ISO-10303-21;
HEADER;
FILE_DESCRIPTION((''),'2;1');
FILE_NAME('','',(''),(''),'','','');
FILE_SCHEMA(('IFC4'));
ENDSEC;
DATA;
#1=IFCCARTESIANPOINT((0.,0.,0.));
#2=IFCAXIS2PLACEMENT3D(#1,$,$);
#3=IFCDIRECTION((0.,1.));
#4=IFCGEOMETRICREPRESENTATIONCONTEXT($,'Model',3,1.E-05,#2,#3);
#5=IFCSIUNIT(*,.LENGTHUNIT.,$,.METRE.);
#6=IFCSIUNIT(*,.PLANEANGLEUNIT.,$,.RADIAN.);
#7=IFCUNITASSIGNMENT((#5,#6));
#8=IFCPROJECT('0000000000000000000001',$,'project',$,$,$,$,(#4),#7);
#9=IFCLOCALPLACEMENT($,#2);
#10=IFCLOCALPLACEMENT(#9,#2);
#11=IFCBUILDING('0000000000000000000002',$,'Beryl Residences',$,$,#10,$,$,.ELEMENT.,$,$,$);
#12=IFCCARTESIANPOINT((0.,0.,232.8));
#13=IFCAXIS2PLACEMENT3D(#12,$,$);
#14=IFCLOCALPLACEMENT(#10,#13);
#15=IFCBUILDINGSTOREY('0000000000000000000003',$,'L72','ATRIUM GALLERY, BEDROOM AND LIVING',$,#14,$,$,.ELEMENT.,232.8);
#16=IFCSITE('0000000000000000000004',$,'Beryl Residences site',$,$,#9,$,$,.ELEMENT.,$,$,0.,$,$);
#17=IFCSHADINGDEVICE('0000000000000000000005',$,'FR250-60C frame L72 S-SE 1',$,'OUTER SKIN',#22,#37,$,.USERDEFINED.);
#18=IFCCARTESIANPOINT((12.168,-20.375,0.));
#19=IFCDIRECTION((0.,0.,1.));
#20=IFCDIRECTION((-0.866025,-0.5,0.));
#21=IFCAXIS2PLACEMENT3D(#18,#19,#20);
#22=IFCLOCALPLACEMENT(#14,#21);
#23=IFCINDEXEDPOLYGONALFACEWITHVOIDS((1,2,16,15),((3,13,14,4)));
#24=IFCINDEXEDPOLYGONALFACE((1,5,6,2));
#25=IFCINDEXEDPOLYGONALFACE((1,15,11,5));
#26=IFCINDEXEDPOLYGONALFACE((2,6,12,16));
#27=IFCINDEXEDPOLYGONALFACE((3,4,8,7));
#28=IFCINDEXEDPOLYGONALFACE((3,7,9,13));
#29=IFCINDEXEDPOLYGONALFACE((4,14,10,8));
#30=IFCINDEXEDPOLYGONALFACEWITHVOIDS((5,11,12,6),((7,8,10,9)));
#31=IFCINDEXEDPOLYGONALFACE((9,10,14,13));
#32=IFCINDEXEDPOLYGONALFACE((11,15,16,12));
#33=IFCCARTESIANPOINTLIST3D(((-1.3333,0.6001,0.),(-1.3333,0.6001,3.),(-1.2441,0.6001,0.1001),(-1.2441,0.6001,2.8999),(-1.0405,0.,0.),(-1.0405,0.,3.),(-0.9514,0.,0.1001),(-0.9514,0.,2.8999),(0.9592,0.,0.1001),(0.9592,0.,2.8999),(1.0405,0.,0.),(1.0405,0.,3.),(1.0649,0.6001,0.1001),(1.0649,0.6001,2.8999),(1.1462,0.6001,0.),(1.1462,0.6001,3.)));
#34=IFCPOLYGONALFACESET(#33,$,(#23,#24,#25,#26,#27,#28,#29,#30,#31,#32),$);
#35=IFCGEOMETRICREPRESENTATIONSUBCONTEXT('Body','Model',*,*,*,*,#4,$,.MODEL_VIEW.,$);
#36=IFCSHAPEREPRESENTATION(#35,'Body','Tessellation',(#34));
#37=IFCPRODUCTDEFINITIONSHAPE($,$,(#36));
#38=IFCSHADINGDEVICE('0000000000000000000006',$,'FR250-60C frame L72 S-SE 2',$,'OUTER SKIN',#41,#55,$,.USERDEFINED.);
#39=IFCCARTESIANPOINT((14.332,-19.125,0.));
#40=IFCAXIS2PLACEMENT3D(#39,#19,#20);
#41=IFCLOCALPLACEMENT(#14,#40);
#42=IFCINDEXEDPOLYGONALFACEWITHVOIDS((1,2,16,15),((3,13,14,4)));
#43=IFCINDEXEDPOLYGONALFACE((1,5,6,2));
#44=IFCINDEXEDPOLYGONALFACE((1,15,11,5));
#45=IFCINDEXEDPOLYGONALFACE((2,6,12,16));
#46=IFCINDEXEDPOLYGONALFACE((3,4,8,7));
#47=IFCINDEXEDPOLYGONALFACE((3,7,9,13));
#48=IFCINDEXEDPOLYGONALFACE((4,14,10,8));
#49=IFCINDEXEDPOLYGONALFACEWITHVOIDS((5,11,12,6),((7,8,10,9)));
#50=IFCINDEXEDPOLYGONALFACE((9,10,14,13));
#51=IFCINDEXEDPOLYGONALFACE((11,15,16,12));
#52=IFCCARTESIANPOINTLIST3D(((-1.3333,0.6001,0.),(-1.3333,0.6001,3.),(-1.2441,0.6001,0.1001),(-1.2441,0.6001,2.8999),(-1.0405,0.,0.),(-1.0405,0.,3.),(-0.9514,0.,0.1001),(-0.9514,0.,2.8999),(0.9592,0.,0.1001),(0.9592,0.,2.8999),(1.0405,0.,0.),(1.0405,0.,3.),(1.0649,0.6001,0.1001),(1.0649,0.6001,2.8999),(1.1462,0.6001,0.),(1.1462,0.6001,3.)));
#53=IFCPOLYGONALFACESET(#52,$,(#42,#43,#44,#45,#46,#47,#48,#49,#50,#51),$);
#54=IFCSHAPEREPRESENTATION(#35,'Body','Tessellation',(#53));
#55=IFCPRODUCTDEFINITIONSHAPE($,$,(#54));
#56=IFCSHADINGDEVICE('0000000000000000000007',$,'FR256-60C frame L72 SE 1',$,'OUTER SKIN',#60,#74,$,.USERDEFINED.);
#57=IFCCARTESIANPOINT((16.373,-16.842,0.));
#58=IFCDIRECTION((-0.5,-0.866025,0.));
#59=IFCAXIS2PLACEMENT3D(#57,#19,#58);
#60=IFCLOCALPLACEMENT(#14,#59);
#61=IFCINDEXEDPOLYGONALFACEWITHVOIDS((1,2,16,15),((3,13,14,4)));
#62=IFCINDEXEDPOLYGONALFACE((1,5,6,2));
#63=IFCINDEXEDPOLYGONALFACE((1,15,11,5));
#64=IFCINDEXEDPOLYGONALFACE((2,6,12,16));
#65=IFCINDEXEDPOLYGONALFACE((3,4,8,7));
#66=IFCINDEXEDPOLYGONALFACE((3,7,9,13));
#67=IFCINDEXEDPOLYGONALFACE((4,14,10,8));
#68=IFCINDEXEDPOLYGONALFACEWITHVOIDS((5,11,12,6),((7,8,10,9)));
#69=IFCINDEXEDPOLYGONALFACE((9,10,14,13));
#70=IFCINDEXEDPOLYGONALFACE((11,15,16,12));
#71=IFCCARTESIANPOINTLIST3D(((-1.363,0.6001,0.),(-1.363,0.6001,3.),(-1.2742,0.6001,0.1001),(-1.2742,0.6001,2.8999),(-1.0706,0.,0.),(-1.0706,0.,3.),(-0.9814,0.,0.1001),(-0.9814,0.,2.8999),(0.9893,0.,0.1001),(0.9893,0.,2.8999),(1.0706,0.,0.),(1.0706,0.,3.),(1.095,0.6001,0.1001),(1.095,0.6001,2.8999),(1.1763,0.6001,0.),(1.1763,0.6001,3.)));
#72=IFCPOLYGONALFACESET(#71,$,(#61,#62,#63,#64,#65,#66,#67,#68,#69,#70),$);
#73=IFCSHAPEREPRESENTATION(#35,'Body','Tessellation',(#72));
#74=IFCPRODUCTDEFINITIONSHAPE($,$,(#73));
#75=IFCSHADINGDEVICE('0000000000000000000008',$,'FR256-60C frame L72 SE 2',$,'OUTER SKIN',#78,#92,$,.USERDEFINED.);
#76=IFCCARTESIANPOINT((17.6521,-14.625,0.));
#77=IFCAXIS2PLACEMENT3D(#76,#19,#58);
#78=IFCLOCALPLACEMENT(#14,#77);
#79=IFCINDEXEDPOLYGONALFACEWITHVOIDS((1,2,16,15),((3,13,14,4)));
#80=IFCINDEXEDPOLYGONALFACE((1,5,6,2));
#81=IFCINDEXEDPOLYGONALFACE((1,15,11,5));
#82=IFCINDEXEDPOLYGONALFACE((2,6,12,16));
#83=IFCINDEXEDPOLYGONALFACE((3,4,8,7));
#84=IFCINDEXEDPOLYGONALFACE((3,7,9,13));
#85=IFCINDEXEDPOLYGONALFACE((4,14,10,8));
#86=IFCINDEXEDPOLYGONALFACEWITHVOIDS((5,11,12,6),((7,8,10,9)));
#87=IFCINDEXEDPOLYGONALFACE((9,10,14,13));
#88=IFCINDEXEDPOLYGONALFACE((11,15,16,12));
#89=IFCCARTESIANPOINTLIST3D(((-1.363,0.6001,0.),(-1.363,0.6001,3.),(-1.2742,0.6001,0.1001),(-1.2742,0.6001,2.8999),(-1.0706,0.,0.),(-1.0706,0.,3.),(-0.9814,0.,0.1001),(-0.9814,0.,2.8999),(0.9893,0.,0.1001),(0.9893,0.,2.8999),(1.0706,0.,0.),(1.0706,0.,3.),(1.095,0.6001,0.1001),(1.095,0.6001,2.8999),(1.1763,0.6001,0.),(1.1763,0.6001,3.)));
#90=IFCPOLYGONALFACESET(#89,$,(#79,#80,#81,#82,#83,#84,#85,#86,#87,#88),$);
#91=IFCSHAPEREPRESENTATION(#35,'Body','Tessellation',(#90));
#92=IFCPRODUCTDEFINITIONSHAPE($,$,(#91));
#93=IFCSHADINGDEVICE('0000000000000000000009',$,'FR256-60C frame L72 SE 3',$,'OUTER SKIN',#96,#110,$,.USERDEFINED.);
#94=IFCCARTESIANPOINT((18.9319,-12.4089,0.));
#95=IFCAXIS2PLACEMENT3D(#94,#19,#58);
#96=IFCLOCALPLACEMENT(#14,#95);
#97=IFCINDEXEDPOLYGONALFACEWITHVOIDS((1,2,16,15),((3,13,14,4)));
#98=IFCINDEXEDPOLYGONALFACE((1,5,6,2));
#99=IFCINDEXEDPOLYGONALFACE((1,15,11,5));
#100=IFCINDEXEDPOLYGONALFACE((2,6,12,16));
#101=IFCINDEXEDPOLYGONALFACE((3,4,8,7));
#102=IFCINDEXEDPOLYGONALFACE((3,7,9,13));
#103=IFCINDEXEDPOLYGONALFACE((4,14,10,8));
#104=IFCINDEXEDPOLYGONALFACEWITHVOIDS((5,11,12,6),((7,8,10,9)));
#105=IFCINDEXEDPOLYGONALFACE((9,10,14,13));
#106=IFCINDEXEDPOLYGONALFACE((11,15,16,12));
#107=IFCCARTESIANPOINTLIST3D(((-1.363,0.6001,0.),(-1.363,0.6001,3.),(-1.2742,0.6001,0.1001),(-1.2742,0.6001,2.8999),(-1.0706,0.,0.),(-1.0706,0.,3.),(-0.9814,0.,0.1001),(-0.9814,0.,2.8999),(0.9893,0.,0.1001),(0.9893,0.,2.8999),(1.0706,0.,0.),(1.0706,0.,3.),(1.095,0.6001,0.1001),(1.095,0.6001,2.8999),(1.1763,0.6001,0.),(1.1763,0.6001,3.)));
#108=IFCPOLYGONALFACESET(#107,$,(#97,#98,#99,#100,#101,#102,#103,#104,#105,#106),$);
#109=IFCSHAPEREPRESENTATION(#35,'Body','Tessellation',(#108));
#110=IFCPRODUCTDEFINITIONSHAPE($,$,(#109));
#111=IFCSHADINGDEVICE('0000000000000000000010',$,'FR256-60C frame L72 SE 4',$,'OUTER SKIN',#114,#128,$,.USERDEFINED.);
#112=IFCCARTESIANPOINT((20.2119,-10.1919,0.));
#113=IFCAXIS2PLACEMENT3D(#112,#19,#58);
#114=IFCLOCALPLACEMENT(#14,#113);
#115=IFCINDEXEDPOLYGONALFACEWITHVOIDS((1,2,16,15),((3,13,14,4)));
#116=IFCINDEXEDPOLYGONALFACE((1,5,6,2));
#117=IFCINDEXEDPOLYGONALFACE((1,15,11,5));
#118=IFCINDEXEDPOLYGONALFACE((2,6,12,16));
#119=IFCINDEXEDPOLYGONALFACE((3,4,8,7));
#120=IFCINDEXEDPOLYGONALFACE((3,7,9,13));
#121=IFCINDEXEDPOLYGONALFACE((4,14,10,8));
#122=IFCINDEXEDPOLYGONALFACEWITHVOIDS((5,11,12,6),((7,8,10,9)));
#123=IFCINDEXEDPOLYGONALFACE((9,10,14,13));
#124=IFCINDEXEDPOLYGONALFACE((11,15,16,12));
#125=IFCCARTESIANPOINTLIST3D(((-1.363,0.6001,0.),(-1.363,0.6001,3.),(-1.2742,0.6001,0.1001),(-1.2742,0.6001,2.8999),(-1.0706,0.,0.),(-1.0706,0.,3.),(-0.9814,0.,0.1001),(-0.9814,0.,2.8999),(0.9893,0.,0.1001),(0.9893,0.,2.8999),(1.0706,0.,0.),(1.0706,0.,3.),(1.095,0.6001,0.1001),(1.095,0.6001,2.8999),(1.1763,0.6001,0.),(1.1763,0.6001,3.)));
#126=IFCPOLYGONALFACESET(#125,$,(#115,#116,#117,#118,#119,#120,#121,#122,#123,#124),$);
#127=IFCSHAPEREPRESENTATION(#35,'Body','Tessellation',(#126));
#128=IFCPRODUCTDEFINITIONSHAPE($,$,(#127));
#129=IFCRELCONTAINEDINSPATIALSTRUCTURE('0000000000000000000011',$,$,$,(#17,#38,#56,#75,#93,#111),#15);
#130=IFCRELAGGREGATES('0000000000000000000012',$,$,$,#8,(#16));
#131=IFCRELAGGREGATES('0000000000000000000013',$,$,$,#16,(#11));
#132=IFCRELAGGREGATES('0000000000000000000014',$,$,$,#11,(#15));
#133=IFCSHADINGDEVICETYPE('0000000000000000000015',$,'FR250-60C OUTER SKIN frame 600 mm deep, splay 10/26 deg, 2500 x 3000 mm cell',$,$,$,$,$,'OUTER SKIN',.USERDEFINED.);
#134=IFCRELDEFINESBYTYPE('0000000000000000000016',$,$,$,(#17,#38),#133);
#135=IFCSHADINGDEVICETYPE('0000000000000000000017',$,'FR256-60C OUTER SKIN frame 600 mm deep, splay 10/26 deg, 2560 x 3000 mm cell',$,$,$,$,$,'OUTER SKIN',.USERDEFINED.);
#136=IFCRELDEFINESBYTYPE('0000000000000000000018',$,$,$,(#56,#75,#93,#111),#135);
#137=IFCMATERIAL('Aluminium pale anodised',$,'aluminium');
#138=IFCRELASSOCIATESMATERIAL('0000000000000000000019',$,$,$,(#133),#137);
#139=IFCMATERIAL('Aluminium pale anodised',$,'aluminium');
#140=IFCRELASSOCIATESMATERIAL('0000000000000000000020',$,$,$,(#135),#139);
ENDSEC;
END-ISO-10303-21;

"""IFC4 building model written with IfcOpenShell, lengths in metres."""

from ifc_helpers import new_model, entity, si_unit, direction, frame, origin, place, context, subcontext, project, spatial, source, transform, mapped, material, type_object, type_shapes, element, save


model = new_model("IFC4")

# Units and contexts
model_context = context("Model", 3, precision=1e-05, world=origin(), true_north=direction((0.0, 1.0)))
body_context = subcontext(model_context, "Body", "Model", "MODEL_VIEW")
ifc_project = project(units=[si_unit("LENGTHUNIT", "METRE"), si_unit("PLANEANGLEUNIT", "RADIAN")], contexts=[model_context])

# Site, building, storey
site_placement = place(None, origin())
site = spatial("IfcSite", under=ifc_project, at=site_placement, Name="Beryl Residences site", CompositionType="ELEMENT", RefElevation=0.0)
building_placement = place(site_placement, origin())
building = spatial("IfcBuilding", under=site, at=building_placement, Name="Beryl Residences", CompositionType="ELEMENT")
storey_placement = place(building_placement, frame((0.0, 0.0, 232.8)))
storey = spatial("IfcBuildingStorey", under=building, at=storey_placement, Name="L72", Description="ATRIUM GALLERY, BEDROOM AND LIVING", CompositionType="ELEMENT", Elevation=232.8)

# Shading devices
ifc_material_1 = material(Name="Aluminium pale anodised", Category="aluminium")
shading_device_type_1 = type_object("IfcShadingDeviceType", Name="FR250-60C OUTER SKIN frame 600 mm deep, splay 10/26 deg, 2500 x 3000 mm cell", ElementType="OUTER SKIN", PredefinedType="USERDEFINED", material=ifc_material_1)
cartesian_point_1 = entity("IfcCartesianPoint", [-1.0405, 0.0])
cartesian_point_2 = entity("IfcCartesianPoint", [-0.9592, 0.1001])
cartesian_point_3 = entity("IfcCartesianPoint", [-1.1462, 0.0])
cartesian_point_4 = entity("IfcCartesianPoint", [-1.0649, 0.1001])
shared_shape_1 = source(origin(), body_context, "Body", "SweptSolid", [
    entity("IfcExtrudedAreaSolidTapered", entity("IfcArbitraryProfileDefWithVoids", "AREA", None, entity("IfcPolyline", [cartesian_point_1, entity("IfcCartesianPoint", [1.0405, 0.0]), entity("IfcCartesianPoint", [1.0405, 3.0]), entity("IfcCartesianPoint", [-1.0405, 3.0]), cartesian_point_1]), [entity("IfcPolyline", [cartesian_point_2, entity("IfcCartesianPoint", [0.9514, 0.1001]), entity("IfcCartesianPoint", [0.9514, 2.8999]), entity("IfcCartesianPoint", [-0.9592, 2.8999]), cartesian_point_2])]), entity("IfcAxis2Placement3D", entity("IfcCartesianPoint", [0.0, 0.0, 0.0]), entity("IfcDirection", [0.0, 1.0, 0.0]), entity("IfcDirection", [-1.0, 0.0, 0.0])), entity("IfcDirection", [0.0, 0.0, 1.0]), 0.6001, entity("IfcArbitraryProfileDefWithVoids", "AREA", None, entity("IfcPolyline", [cartesian_point_3, entity("IfcCartesianPoint", [1.3333, 0.0]), entity("IfcCartesianPoint", [1.3333, 3.0]), entity("IfcCartesianPoint", [-1.1462, 3.0]), cartesian_point_3]), [entity("IfcPolyline", [cartesian_point_4, entity("IfcCartesianPoint", [1.2441, 0.1001]), entity("IfcCartesianPoint", [1.2441, 2.8999]), entity("IfcCartesianPoint", [-1.0649, 2.8999]), cartesian_point_4])])),
])
type_shapes(shading_device_type_1, [shared_shape_1])
for number, where, z_axis, x_axis, name in (
    (1, (12.168, -20.375, 0.0), (0.0, 0.0, 1.0), (-0.866025, -0.5, 0.0), "FR250-60C frame L72 S-SE 1"),
    (2, (14.332, -19.125, 0.0), (0.0, 0.0, 1.0), (-0.866025, -0.5, 0.0), "FR250-60C frame L72 S-SE 2"),
):
    element("IfcShadingDevice", number, at=place(storey_placement, frame(where, z_axis=z_axis, x_axis=x_axis)), inside=storey, type_object=shading_device_type_1, Name=name, ObjectType="OUTER SKIN", PredefinedType="USERDEFINED", context=body_context, shape_type="MappedRepresentation", body=[
        mapped(shared_shape_1, transform((0.0, 0.0, 0.0))),
    ])
ifc_material_2 = material(Name="Aluminium pale anodised", Category="aluminium")
shading_device_type_2 = type_object("IfcShadingDeviceType", Name="FR256-60C OUTER SKIN frame 600 mm deep, splay 10/26 deg, 2560 x 3000 mm cell", ElementType="OUTER SKIN", PredefinedType="USERDEFINED", material=ifc_material_2)
cartesian_point_5 = entity("IfcCartesianPoint", [-1.0706, 0.0])
cartesian_point_6 = entity("IfcCartesianPoint", [-0.9893, 0.1001])
cartesian_point_7 = entity("IfcCartesianPoint", [-1.1763, 0.0])
cartesian_point_8 = entity("IfcCartesianPoint", [-1.095, 0.1001])
shared_shape_2 = source(origin(), body_context, "Body", "SweptSolid", [
    entity("IfcExtrudedAreaSolidTapered", entity("IfcArbitraryProfileDefWithVoids", "AREA", None, entity("IfcPolyline", [cartesian_point_5, entity("IfcCartesianPoint", [1.0706, 0.0]), entity("IfcCartesianPoint", [1.0706, 3.0]), entity("IfcCartesianPoint", [-1.0706, 3.0]), cartesian_point_5]), [entity("IfcPolyline", [cartesian_point_6, entity("IfcCartesianPoint", [0.9814, 0.1001]), entity("IfcCartesianPoint", [0.9814, 2.8999]), entity("IfcCartesianPoint", [-0.9893, 2.8999]), cartesian_point_6])]), entity("IfcAxis2Placement3D", entity("IfcCartesianPoint", [0.0, 0.0, 0.0]), entity("IfcDirection", [0.0, 1.0, 0.0]), entity("IfcDirection", [-1.0, 0.0, 0.0])), entity("IfcDirection", [0.0, 0.0, 1.0]), 0.6001, entity("IfcArbitraryProfileDefWithVoids", "AREA", None, entity("IfcPolyline", [cartesian_point_7, entity("IfcCartesianPoint", [1.363, 0.0]), entity("IfcCartesianPoint", [1.363, 3.0]), entity("IfcCartesianPoint", [-1.1763, 3.0]), cartesian_point_7]), [entity("IfcPolyline", [cartesian_point_8, entity("IfcCartesianPoint", [1.2742, 0.1001]), entity("IfcCartesianPoint", [1.2742, 2.8999]), entity("IfcCartesianPoint", [-1.095, 2.8999]), cartesian_point_8])])),
])
type_shapes(shading_device_type_2, [shared_shape_2])
for number, where, z_axis, x_axis, name in (
    (3, (16.373, -16.842, 0.0), (0.0, 0.0, 1.0), (-0.5, -0.866025, 0.0), "FR256-60C frame L72 SE 1"),
    (4, (17.6521, -14.625, 0.0), (0.0, 0.0, 1.0), (-0.5, -0.866025, 0.0), "FR256-60C frame L72 SE 2"),
    (5, (18.9319, -12.4089, 0.0), (0.0, 0.0, 1.0), (-0.5, -0.866025, 0.0), "FR256-60C frame L72 SE 3"),
    (6, (20.2119, -10.1919, 0.0), (0.0, 0.0, 1.0), (-0.5, -0.866025, 0.0), "FR256-60C frame L72 SE 4"),
):
    element("IfcShadingDevice", number, at=place(storey_placement, frame(where, z_axis=z_axis, x_axis=x_axis)), inside=storey, type_object=shading_device_type_2, Name=name, ObjectType="OUTER SKIN", PredefinedType="USERDEFINED", context=body_context, shape_type="MappedRepresentation", body=[
        mapped(shared_shape_2, transform((0.0, 0.0, 0.0))),
    ])

save(model, "model.ifc")
